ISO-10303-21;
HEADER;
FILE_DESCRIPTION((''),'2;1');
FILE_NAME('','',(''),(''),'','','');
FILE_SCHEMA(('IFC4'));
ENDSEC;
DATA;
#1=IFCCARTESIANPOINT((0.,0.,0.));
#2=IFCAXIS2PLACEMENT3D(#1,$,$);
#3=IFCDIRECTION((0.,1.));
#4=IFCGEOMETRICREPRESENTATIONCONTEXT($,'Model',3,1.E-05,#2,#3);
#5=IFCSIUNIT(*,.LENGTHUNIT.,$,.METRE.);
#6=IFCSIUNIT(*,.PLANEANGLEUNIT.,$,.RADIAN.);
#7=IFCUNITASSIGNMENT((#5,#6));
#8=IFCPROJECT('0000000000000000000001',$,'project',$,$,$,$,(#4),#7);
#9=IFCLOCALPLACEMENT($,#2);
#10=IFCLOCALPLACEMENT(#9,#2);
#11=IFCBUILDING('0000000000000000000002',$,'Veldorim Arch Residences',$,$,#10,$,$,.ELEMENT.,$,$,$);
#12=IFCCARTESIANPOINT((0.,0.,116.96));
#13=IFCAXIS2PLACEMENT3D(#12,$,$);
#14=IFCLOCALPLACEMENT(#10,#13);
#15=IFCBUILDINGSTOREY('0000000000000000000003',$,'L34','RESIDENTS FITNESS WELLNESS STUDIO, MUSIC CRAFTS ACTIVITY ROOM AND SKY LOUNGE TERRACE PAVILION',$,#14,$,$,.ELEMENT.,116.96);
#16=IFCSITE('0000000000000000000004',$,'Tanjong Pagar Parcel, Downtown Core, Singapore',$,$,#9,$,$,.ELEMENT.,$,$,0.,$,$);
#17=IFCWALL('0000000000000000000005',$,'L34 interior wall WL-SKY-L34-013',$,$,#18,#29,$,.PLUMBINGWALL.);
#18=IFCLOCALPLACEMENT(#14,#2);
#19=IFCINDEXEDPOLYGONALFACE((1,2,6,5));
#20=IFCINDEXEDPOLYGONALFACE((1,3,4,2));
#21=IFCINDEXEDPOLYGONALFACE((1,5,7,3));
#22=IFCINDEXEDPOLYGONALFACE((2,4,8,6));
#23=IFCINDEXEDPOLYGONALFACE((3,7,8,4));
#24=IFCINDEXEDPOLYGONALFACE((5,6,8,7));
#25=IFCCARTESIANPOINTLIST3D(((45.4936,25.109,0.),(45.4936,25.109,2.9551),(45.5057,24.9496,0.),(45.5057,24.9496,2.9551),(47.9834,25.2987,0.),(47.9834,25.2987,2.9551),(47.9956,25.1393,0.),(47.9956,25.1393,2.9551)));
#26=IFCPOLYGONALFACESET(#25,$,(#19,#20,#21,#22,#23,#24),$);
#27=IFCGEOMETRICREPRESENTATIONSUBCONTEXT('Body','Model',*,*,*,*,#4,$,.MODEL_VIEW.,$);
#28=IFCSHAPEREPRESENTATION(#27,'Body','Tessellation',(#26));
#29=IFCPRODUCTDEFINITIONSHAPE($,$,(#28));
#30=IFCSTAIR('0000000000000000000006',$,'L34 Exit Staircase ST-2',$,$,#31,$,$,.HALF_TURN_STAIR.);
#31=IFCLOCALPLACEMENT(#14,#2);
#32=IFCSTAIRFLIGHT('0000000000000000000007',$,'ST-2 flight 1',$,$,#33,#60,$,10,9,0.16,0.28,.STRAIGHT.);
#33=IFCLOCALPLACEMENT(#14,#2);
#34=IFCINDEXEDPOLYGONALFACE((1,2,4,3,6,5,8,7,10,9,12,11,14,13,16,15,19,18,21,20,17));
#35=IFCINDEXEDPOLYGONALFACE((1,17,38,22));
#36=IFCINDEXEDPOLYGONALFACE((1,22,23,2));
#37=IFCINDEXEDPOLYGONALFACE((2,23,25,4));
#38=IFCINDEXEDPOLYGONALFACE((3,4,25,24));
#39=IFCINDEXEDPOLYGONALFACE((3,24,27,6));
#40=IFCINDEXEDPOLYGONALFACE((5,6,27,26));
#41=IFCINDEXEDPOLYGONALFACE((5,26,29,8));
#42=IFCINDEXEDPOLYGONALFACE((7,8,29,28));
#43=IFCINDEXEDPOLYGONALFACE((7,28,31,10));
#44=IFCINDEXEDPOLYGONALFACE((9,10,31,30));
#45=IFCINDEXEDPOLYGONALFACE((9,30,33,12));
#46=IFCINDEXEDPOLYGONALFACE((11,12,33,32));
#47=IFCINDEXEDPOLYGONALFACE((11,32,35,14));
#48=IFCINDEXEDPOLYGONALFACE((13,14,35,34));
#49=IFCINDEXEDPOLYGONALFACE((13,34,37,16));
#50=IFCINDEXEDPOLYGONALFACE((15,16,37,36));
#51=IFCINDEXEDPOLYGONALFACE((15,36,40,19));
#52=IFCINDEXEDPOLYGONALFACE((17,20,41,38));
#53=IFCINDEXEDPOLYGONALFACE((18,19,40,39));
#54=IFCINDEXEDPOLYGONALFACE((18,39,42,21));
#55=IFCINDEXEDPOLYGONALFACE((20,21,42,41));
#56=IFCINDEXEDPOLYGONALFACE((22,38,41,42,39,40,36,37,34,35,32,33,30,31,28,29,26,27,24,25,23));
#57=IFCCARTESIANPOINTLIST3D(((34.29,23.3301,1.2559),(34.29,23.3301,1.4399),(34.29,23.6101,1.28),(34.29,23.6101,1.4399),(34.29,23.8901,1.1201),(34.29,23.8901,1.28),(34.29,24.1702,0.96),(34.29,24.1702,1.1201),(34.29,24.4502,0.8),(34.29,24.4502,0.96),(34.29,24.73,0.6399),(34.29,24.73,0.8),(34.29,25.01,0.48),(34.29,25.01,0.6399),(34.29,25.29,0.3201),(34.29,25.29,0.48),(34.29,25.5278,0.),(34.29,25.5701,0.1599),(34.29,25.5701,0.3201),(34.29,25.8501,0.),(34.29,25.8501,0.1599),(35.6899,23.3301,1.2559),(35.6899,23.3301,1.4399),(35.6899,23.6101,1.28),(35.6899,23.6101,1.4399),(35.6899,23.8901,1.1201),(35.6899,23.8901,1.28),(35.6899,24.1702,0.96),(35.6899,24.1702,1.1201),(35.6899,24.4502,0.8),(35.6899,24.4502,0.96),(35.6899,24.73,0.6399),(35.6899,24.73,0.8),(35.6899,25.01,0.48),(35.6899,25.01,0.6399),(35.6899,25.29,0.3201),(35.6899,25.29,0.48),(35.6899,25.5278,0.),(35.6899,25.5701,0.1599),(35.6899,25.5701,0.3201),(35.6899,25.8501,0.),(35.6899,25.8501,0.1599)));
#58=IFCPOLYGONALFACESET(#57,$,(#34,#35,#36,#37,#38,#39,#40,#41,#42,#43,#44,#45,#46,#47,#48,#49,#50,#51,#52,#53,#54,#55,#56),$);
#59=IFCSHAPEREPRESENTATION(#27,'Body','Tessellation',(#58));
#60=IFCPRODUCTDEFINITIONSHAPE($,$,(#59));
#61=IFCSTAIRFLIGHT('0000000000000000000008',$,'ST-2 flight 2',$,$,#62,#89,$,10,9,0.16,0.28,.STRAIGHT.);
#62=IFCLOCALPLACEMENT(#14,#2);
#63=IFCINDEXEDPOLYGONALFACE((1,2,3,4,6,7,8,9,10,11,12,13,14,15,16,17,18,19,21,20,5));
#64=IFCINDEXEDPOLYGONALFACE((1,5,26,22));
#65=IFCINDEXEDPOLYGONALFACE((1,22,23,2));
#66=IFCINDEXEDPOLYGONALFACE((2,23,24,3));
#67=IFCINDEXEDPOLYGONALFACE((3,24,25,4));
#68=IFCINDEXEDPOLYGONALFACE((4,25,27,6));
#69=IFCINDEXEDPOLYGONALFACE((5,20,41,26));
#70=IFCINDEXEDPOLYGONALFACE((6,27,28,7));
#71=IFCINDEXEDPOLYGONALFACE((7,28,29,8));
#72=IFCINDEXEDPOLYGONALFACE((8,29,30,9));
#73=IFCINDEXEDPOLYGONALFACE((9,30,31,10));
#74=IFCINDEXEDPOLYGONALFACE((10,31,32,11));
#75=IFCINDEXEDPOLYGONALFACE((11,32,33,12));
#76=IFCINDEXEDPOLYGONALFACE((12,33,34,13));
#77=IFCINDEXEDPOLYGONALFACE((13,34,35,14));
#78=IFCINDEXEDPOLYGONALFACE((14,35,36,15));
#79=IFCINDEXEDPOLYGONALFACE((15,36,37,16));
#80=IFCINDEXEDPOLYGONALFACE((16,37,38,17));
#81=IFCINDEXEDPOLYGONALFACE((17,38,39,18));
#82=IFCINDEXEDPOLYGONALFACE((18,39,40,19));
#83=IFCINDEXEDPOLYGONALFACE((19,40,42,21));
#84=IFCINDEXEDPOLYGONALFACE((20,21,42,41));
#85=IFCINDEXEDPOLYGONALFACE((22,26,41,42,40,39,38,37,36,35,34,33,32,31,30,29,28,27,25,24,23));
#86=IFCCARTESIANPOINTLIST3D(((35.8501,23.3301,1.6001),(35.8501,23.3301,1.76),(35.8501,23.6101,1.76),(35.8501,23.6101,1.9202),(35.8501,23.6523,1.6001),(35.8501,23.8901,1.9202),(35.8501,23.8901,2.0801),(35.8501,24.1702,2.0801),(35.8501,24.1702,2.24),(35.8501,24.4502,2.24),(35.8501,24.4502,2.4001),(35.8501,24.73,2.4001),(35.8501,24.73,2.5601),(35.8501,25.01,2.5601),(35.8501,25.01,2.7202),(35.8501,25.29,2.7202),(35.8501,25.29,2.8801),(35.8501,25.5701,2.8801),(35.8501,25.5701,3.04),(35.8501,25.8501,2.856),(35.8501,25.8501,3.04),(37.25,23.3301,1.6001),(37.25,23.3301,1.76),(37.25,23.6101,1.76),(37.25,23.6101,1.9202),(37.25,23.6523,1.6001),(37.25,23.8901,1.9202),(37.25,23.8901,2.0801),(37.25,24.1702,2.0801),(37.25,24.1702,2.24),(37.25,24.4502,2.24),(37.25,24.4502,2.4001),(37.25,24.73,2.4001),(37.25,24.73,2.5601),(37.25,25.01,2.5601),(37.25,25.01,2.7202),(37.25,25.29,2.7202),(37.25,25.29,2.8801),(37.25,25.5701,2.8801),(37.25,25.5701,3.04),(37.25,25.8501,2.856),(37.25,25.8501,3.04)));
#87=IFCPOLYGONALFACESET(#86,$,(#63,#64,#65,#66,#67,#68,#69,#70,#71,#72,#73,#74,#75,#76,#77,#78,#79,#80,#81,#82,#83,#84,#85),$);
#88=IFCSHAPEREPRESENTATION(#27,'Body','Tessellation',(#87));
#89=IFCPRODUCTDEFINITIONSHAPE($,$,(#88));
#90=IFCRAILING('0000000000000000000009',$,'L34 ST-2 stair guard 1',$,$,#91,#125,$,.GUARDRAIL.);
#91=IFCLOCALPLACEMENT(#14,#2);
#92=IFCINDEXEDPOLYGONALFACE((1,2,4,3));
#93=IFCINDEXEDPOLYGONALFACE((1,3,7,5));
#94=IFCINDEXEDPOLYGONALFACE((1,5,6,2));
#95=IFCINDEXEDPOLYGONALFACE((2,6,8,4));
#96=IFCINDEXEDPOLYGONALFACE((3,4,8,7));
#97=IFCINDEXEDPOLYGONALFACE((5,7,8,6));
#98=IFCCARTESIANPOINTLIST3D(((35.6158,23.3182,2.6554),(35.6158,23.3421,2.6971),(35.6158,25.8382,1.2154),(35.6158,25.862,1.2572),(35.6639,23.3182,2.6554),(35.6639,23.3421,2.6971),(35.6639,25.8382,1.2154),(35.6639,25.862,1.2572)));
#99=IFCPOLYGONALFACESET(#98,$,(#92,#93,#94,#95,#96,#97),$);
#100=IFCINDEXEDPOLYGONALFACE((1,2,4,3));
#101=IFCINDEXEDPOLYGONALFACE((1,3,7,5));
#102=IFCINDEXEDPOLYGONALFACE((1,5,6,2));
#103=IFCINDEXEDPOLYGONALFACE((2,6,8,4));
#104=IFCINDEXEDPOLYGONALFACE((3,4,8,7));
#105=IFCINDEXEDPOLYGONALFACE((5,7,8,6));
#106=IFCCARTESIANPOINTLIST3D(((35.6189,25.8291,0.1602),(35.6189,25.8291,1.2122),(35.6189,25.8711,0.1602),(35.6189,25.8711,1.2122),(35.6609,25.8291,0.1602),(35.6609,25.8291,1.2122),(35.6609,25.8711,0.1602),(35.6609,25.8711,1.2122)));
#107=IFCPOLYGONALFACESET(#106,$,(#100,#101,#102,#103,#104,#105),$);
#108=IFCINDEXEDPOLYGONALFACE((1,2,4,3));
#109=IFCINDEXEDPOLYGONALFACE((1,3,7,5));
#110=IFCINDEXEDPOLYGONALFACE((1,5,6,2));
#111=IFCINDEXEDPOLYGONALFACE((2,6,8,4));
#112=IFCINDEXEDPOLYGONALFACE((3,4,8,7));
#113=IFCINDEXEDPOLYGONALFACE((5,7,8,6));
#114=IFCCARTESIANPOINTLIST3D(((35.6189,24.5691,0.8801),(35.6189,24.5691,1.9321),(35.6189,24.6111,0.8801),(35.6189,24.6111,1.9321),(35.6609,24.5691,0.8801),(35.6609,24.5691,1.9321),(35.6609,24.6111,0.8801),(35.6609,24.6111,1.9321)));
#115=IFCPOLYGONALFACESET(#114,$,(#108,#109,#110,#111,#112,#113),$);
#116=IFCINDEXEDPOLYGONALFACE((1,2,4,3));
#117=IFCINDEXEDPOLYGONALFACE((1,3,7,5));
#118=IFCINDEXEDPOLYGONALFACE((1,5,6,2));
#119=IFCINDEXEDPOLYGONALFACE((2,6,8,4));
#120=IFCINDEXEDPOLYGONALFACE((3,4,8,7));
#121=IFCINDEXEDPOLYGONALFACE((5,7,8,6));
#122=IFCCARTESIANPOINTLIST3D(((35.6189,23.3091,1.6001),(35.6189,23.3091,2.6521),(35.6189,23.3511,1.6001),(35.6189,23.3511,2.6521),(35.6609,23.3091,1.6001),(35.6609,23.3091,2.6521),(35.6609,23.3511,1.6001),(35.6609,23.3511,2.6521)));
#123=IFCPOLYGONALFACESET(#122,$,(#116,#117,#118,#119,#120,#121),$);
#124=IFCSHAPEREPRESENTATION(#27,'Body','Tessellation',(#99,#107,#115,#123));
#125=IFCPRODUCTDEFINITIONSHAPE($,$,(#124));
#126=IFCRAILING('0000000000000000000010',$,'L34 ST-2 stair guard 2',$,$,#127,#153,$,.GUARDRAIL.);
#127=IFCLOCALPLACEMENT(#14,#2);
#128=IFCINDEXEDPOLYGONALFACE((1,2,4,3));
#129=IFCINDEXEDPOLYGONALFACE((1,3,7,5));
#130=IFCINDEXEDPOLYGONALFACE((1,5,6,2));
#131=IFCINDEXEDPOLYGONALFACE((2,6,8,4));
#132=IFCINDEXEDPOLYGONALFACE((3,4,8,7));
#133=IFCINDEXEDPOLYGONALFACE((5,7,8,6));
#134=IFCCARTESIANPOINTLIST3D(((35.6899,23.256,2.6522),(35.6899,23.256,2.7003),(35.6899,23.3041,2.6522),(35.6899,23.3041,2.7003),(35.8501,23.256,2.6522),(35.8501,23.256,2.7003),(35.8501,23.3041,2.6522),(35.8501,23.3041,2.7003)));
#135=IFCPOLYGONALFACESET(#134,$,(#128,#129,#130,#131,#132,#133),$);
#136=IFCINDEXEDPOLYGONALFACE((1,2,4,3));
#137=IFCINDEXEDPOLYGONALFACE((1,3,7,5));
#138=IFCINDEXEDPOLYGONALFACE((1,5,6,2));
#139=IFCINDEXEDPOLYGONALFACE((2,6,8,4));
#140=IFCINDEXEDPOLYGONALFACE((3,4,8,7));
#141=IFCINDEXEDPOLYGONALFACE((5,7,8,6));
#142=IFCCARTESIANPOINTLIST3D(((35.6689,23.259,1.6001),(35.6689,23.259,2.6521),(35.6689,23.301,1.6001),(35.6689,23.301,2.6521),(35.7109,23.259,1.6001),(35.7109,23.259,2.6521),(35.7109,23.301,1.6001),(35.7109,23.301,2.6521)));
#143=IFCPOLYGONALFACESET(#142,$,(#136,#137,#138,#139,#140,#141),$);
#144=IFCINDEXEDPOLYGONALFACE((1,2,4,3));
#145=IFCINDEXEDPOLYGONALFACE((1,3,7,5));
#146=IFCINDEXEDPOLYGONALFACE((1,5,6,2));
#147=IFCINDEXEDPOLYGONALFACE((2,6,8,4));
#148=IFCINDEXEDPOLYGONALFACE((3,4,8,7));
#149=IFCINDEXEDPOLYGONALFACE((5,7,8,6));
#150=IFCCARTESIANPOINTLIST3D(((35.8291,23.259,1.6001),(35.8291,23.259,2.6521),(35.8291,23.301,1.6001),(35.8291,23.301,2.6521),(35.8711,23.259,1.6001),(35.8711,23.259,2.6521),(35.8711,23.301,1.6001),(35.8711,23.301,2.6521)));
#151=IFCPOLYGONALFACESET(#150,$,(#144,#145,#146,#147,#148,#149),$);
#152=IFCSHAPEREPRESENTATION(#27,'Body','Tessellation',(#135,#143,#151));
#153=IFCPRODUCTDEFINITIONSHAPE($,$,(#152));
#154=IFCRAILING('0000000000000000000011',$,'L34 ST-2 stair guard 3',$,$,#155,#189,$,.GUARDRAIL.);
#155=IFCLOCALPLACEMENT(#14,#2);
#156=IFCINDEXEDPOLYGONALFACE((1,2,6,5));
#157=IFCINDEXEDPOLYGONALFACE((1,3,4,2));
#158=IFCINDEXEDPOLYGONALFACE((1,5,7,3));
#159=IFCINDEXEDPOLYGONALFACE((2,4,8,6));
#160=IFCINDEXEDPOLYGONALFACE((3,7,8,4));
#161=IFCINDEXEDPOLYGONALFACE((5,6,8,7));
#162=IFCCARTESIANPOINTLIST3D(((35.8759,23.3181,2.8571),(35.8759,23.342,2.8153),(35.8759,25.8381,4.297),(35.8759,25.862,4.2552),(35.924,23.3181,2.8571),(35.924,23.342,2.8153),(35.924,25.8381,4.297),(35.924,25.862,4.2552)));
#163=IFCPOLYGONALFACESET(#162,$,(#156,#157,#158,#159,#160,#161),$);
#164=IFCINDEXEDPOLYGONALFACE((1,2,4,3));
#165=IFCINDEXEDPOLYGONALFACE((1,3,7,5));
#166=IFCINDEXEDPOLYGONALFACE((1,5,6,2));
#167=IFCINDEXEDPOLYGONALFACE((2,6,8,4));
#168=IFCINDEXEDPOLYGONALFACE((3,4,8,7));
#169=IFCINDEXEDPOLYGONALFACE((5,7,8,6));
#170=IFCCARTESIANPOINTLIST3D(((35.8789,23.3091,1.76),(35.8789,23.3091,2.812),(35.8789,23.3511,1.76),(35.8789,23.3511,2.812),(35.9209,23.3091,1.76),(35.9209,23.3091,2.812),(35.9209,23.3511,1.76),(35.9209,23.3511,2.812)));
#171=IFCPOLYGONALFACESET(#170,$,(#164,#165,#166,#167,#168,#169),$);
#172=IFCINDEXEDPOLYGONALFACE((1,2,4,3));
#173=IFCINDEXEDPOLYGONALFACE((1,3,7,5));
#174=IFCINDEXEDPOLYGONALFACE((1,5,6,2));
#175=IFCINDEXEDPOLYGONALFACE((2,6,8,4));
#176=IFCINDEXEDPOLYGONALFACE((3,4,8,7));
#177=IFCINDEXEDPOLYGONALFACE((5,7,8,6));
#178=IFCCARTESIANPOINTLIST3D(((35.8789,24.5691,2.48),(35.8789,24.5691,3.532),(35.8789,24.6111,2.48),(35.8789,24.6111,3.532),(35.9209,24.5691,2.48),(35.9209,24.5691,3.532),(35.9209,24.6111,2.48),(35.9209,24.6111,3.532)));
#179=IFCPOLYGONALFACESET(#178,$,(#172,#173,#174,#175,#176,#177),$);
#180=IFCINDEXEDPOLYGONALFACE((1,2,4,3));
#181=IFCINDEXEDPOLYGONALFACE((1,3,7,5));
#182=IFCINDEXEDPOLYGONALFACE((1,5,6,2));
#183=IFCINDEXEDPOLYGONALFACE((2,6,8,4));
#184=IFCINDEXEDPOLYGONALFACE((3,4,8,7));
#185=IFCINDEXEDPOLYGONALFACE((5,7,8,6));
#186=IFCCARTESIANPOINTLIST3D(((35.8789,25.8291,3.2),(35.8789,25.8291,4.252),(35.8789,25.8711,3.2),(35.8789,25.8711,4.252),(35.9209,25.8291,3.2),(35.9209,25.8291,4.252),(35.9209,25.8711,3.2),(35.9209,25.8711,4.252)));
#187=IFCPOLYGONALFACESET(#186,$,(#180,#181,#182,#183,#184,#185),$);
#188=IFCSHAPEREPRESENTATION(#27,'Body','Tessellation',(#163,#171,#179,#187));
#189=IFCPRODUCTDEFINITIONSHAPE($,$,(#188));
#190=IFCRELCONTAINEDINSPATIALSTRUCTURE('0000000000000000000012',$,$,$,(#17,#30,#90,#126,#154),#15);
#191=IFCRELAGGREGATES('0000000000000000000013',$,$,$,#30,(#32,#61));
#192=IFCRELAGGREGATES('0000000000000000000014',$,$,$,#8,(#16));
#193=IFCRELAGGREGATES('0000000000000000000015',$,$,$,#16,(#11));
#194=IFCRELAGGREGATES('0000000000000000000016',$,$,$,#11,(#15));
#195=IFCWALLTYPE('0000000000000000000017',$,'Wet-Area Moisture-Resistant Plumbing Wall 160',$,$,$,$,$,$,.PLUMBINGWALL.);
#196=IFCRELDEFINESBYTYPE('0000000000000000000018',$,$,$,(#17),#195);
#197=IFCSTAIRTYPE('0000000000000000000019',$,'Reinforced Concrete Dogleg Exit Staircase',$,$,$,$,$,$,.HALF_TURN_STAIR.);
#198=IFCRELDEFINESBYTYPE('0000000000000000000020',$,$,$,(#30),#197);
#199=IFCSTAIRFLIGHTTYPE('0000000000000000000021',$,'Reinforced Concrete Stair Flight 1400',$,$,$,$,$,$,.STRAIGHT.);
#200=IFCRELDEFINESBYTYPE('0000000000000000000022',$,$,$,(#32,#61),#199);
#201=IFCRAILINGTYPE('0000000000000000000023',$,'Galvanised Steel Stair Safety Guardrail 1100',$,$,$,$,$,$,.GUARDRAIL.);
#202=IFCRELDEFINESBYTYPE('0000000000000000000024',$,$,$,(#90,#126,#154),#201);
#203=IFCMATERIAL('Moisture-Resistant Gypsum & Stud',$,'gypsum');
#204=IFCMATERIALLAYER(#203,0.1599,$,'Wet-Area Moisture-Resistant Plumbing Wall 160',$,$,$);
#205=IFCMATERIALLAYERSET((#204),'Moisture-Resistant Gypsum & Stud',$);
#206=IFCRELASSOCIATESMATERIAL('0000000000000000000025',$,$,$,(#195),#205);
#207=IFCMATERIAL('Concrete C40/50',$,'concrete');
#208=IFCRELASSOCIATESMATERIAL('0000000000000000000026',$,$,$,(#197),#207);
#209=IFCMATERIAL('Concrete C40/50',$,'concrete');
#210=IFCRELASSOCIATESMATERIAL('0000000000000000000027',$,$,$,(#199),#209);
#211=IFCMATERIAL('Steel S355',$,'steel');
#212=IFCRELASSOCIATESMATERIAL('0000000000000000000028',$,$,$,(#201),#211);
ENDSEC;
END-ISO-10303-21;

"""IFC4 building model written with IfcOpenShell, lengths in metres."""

from ifc_helpers import new_model, si_unit, direction, frame, frame_2d, origin, origin_2d, place, context, subcontext, project, spatial, polyline, rectangle, outline, extrude, material, layer, layer_set, type_object, element, aggregate, save


model = new_model("IFC4")

# Units and contexts
model_context = context("Model", 3, precision=1e-05, world=origin(), true_north=direction((0.0, 1.0)))
body_context = subcontext(model_context, "Body", "Model", "MODEL_VIEW")
ifc_project = project(units=[si_unit("LENGTHUNIT", "METRE"), si_unit("PLANEANGLEUNIT", "RADIAN")], contexts=[model_context])

# Site, building, storey
site_placement = place(None, origin())
site = spatial("IfcSite", under=ifc_project, at=site_placement, Name="Tanjong Pagar Parcel, Downtown Core, Singapore", CompositionType="ELEMENT", RefElevation=0.0)
building_placement = place(site_placement, origin())
building = spatial("IfcBuilding", under=site, at=building_placement, Name="Veldorim Arch Residences", CompositionType="ELEMENT")
storey_placement = place(building_placement, frame((0.0, 0.0, 116.96)))
storey = spatial("IfcBuildingStorey", under=building, at=storey_placement, Name="L34", Description="RESIDENTS FITNESS WELLNESS STUDIO, MUSIC CRAFTS ACTIVITY ROOM AND SKY LOUNGE TERRACE PAVILION", CompositionType="ELEMENT", Elevation=116.96)

# Shared definitions
ifc_material_1 = material(Name="Moisture-Resistant Gypsum & Stud", Category="gypsum")
ifc_layer_1 = layer(ifc_material_1, 0.1599, Name="Wet-Area Moisture-Resistant Plumbing Wall 160")
ifc_layer_set_1 = layer_set([ifc_layer_1], Name="Moisture-Resistant Gypsum & Stud")
wall_type_1 = type_object("IfcWallType", Name="Wet-Area Moisture-Resistant Plumbing Wall 160", PredefinedType="PLUMBINGWALL", material=ifc_layer_set_1)

# Wall
wall_1_placement = place(storey_placement, frame((47.9895, 25.219, 0.0), z_axis=(0.0, 0.0, 1.0), x_axis=(-0.99711, -0.075971, 0.0)))
element("IfcWall", 1, at=wall_1_placement, inside=storey, type_object=wall_type_1, Name="L34 interior wall WL-SKY-L34-013", PredefinedType="PLUMBINGWALL", context=body_context, shape_type="SweptSolid", body=[
    extrude(rectangle(XDim=2.4971, YDim=0.1599, at=frame_2d((1.2485, 0.0))), origin(), (0.0, 0.0, 1.0), 2.9551),
])

# Stair, stair flights
ifc_material_2 = material(Name="Concrete C40/50", Category="concrete")
stair_type = type_object("IfcStairType", Name="Reinforced Concrete Dogleg Exit Staircase", PredefinedType="HALF_TURN_STAIR", material=ifc_material_2)
stair_placement = place(storey_placement, origin())
stair = element("IfcStair", 2, at=stair_placement, inside=storey, type_object=stair_type, Name="L34 Exit Staircase ST-2", PredefinedType="HALF_TURN_STAIR")
ifc_material_3 = material(Name="Concrete C40/50", Category="concrete")
stair_flight_type = type_object("IfcStairFlightType", Name="Reinforced Concrete Stair Flight 1400", PredefinedType="STRAIGHT", material=ifc_material_3)
stair_flight_1_placement = place(storey_placement, frame((34.99, 25.8501, 0.0), z_axis=(0.0, 0.0, 1.0), x_axis=(0.0, -1.0, 0.0)))
stair_flight_1 = element("IfcStairFlight", 3, at=stair_flight_1_placement, type_object=stair_flight_type, Name="ST-2 flight 1", NumberOfRisers=10, NumberOfTreads=9, PredefinedType="STRAIGHT", RiserHeight=0.16, TreadLength=0.28, context=body_context, shape_type="SweptSolid", body=[
    extrude(outline(polyline([(0.0, 0.0), (0.0, 0.1599), (0.28, 0.1599), (0.28, 0.3201), (0.5601, 0.3201), (0.5601, 0.48), (0.8401, 0.48), (0.8401, 0.6399), (1.1201, 0.6399), (1.1201, 0.8), (1.3999, 0.8), (1.3999, 0.96), (1.6799, 0.96), (1.6799, 1.1201), (1.96, 1.1201), (1.96, 1.28), (2.24, 1.28), (2.24, 1.4399), (2.52, 1.4399), (2.52, 1.6001), (2.52, 1.2559), (0.3223, 0.0), (0.0, 0.0)])), frame((0.0, 0.7, 0.0), z_axis=(0.0, -1.0, 0.0), x_axis=(1.0, 0.0, 0.0)), (0.0, 0.0, 1.0), 1.3999),
])
stair_flight_2_placement = place(storey_placement, frame((36.55, 23.3301, 1.6001), z_axis=(0.0, 0.0, 1.0), x_axis=(0.0, 1.0, 0.0)))
stair_flight_2 = element("IfcStairFlight", 4, at=stair_flight_2_placement, type_object=stair_flight_type, Name="ST-2 flight 2", NumberOfRisers=10, NumberOfTreads=9, PredefinedType="STRAIGHT", RiserHeight=0.16, TreadLength=0.28, context=body_context, shape_type="SweptSolid", body=[
    extrude(outline(polyline([(0.0, 0.0), (0.0, 0.1599), (0.28, 0.1599), (0.28, 0.3201), (0.5601, 0.3201), (0.5601, 0.48), (0.8401, 0.48), (0.8401, 0.6399), (1.1201, 0.6399), (1.1201, 0.8), (1.3999, 0.8), (1.3999, 0.96), (1.6799, 0.96), (1.6799, 1.1201), (1.96, 1.1201), (1.96, 1.28), (2.24, 1.28), (2.24, 1.4399), (2.52, 1.4399), (2.52, 1.6001), (2.52, 1.2559), (0.3223, 0.0), (0.0, 0.0)])), frame((0.0, 0.7, 0.0), z_axis=(0.0, -1.0, 0.0), x_axis=(1.0, 0.0, 0.0)), (0.0, 0.0, 1.0), 1.3999),
])
aggregate(stair, [stair_flight_1, stair_flight_2])

# Railings
ifc_material_4 = material(Name="Steel S355", Category="steel")
railing_type_1 = type_object("IfcRailingType", Name="Galvanised Steel Stair Safety Guardrail 1100", PredefinedType="GUARDRAIL", material=ifc_material_4)
railing_1_placement = place(storey_placement, frame((35.6399, 25.8501, 0.1602)))
element("IfcRailing", 5, at=railing_1_placement, inside=storey, type_object=railing_type_1, Name="L34 ST-2 stair guard 1", PredefinedType="GUARDRAIL", context=body_context, shape_type="SweptSolid", body=[
    extrude(rectangle(XDim=0.0481, YDim=0.0481, at=origin_2d()), frame((0.0, 0.0, 1.0762), z_axis=(0.0, -0.868253, 0.496121), x_axis=(1.0, 0.0, 0.0)), (0.0, 0.0, 1.0), 2.9023),
    extrude(rectangle(XDim=0.042, YDim=0.042, at=origin_2d()), origin(), (0.0, 0.0, 1.0), 1.052),
    extrude(rectangle(XDim=0.042, YDim=0.042, at=origin_2d()), frame((0.0, -1.26, 0.72)), (0.0, 0.0, 1.0), 1.052),
    extrude(rectangle(XDim=0.042, YDim=0.042, at=origin_2d()), frame((0.0, -2.52, 1.4399)), (0.0, 0.0, 1.0), 1.052),
])
railing_2_placement = place(storey_placement, frame((35.6899, 23.28, 1.6001)))
element("IfcRailing", 6, at=railing_2_placement, inside=storey, type_object=railing_type_1, Name="L34 ST-2 stair guard 2", PredefinedType="GUARDRAIL", context=body_context, shape_type="SweptSolid", body=[
    extrude(rectangle(XDim=0.0481, YDim=0.0481, at=origin_2d()), frame((0.0, 0.0, 1.0762), z_axis=(1.0, 0.0, 0.0), x_axis=(0.0, 1.0, 0.0)), (0.0, 0.0, 1.0), 0.1602),
    extrude(rectangle(XDim=0.042, YDim=0.042, at=origin_2d()), origin(), (0.0, 0.0, 1.0), 1.052),
    extrude(rectangle(XDim=0.042, YDim=0.042, at=origin_2d()), frame((0.1602, 0.0, 0.0)), (0.0, 0.0, 1.0), 1.052),
])
railing_3_placement = place(storey_placement, frame((35.8999, 23.3301, 1.76)))
element("IfcRailing", 7, at=railing_3_placement, inside=storey, type_object=railing_type_1, Name="L34 ST-2 stair guard 3", PredefinedType="GUARDRAIL", context=body_context, shape_type="SweptSolid", body=[
    extrude(rectangle(XDim=0.0481, YDim=0.0481, at=origin_2d()), frame((0.0, 0.0, 1.0762), z_axis=(0.0, 0.868253, 0.496121), x_axis=(-1.0, 0.0, 0.0)), (0.0, 0.0, 1.0), 2.9023),
    extrude(rectangle(XDim=0.042, YDim=0.042, at=origin_2d()), origin(), (0.0, 0.0, 1.0), 1.052),
    extrude(rectangle(XDim=0.042, YDim=0.042, at=origin_2d()), frame((0.0, 1.26, 0.72)), (0.0, 0.0, 1.0), 1.052),
    extrude(rectangle(XDim=0.042, YDim=0.042, at=origin_2d()), frame((0.0, 2.52, 1.4399)), (0.0, 0.0, 1.0), 1.052),
])

save(model, "model.ifc")
